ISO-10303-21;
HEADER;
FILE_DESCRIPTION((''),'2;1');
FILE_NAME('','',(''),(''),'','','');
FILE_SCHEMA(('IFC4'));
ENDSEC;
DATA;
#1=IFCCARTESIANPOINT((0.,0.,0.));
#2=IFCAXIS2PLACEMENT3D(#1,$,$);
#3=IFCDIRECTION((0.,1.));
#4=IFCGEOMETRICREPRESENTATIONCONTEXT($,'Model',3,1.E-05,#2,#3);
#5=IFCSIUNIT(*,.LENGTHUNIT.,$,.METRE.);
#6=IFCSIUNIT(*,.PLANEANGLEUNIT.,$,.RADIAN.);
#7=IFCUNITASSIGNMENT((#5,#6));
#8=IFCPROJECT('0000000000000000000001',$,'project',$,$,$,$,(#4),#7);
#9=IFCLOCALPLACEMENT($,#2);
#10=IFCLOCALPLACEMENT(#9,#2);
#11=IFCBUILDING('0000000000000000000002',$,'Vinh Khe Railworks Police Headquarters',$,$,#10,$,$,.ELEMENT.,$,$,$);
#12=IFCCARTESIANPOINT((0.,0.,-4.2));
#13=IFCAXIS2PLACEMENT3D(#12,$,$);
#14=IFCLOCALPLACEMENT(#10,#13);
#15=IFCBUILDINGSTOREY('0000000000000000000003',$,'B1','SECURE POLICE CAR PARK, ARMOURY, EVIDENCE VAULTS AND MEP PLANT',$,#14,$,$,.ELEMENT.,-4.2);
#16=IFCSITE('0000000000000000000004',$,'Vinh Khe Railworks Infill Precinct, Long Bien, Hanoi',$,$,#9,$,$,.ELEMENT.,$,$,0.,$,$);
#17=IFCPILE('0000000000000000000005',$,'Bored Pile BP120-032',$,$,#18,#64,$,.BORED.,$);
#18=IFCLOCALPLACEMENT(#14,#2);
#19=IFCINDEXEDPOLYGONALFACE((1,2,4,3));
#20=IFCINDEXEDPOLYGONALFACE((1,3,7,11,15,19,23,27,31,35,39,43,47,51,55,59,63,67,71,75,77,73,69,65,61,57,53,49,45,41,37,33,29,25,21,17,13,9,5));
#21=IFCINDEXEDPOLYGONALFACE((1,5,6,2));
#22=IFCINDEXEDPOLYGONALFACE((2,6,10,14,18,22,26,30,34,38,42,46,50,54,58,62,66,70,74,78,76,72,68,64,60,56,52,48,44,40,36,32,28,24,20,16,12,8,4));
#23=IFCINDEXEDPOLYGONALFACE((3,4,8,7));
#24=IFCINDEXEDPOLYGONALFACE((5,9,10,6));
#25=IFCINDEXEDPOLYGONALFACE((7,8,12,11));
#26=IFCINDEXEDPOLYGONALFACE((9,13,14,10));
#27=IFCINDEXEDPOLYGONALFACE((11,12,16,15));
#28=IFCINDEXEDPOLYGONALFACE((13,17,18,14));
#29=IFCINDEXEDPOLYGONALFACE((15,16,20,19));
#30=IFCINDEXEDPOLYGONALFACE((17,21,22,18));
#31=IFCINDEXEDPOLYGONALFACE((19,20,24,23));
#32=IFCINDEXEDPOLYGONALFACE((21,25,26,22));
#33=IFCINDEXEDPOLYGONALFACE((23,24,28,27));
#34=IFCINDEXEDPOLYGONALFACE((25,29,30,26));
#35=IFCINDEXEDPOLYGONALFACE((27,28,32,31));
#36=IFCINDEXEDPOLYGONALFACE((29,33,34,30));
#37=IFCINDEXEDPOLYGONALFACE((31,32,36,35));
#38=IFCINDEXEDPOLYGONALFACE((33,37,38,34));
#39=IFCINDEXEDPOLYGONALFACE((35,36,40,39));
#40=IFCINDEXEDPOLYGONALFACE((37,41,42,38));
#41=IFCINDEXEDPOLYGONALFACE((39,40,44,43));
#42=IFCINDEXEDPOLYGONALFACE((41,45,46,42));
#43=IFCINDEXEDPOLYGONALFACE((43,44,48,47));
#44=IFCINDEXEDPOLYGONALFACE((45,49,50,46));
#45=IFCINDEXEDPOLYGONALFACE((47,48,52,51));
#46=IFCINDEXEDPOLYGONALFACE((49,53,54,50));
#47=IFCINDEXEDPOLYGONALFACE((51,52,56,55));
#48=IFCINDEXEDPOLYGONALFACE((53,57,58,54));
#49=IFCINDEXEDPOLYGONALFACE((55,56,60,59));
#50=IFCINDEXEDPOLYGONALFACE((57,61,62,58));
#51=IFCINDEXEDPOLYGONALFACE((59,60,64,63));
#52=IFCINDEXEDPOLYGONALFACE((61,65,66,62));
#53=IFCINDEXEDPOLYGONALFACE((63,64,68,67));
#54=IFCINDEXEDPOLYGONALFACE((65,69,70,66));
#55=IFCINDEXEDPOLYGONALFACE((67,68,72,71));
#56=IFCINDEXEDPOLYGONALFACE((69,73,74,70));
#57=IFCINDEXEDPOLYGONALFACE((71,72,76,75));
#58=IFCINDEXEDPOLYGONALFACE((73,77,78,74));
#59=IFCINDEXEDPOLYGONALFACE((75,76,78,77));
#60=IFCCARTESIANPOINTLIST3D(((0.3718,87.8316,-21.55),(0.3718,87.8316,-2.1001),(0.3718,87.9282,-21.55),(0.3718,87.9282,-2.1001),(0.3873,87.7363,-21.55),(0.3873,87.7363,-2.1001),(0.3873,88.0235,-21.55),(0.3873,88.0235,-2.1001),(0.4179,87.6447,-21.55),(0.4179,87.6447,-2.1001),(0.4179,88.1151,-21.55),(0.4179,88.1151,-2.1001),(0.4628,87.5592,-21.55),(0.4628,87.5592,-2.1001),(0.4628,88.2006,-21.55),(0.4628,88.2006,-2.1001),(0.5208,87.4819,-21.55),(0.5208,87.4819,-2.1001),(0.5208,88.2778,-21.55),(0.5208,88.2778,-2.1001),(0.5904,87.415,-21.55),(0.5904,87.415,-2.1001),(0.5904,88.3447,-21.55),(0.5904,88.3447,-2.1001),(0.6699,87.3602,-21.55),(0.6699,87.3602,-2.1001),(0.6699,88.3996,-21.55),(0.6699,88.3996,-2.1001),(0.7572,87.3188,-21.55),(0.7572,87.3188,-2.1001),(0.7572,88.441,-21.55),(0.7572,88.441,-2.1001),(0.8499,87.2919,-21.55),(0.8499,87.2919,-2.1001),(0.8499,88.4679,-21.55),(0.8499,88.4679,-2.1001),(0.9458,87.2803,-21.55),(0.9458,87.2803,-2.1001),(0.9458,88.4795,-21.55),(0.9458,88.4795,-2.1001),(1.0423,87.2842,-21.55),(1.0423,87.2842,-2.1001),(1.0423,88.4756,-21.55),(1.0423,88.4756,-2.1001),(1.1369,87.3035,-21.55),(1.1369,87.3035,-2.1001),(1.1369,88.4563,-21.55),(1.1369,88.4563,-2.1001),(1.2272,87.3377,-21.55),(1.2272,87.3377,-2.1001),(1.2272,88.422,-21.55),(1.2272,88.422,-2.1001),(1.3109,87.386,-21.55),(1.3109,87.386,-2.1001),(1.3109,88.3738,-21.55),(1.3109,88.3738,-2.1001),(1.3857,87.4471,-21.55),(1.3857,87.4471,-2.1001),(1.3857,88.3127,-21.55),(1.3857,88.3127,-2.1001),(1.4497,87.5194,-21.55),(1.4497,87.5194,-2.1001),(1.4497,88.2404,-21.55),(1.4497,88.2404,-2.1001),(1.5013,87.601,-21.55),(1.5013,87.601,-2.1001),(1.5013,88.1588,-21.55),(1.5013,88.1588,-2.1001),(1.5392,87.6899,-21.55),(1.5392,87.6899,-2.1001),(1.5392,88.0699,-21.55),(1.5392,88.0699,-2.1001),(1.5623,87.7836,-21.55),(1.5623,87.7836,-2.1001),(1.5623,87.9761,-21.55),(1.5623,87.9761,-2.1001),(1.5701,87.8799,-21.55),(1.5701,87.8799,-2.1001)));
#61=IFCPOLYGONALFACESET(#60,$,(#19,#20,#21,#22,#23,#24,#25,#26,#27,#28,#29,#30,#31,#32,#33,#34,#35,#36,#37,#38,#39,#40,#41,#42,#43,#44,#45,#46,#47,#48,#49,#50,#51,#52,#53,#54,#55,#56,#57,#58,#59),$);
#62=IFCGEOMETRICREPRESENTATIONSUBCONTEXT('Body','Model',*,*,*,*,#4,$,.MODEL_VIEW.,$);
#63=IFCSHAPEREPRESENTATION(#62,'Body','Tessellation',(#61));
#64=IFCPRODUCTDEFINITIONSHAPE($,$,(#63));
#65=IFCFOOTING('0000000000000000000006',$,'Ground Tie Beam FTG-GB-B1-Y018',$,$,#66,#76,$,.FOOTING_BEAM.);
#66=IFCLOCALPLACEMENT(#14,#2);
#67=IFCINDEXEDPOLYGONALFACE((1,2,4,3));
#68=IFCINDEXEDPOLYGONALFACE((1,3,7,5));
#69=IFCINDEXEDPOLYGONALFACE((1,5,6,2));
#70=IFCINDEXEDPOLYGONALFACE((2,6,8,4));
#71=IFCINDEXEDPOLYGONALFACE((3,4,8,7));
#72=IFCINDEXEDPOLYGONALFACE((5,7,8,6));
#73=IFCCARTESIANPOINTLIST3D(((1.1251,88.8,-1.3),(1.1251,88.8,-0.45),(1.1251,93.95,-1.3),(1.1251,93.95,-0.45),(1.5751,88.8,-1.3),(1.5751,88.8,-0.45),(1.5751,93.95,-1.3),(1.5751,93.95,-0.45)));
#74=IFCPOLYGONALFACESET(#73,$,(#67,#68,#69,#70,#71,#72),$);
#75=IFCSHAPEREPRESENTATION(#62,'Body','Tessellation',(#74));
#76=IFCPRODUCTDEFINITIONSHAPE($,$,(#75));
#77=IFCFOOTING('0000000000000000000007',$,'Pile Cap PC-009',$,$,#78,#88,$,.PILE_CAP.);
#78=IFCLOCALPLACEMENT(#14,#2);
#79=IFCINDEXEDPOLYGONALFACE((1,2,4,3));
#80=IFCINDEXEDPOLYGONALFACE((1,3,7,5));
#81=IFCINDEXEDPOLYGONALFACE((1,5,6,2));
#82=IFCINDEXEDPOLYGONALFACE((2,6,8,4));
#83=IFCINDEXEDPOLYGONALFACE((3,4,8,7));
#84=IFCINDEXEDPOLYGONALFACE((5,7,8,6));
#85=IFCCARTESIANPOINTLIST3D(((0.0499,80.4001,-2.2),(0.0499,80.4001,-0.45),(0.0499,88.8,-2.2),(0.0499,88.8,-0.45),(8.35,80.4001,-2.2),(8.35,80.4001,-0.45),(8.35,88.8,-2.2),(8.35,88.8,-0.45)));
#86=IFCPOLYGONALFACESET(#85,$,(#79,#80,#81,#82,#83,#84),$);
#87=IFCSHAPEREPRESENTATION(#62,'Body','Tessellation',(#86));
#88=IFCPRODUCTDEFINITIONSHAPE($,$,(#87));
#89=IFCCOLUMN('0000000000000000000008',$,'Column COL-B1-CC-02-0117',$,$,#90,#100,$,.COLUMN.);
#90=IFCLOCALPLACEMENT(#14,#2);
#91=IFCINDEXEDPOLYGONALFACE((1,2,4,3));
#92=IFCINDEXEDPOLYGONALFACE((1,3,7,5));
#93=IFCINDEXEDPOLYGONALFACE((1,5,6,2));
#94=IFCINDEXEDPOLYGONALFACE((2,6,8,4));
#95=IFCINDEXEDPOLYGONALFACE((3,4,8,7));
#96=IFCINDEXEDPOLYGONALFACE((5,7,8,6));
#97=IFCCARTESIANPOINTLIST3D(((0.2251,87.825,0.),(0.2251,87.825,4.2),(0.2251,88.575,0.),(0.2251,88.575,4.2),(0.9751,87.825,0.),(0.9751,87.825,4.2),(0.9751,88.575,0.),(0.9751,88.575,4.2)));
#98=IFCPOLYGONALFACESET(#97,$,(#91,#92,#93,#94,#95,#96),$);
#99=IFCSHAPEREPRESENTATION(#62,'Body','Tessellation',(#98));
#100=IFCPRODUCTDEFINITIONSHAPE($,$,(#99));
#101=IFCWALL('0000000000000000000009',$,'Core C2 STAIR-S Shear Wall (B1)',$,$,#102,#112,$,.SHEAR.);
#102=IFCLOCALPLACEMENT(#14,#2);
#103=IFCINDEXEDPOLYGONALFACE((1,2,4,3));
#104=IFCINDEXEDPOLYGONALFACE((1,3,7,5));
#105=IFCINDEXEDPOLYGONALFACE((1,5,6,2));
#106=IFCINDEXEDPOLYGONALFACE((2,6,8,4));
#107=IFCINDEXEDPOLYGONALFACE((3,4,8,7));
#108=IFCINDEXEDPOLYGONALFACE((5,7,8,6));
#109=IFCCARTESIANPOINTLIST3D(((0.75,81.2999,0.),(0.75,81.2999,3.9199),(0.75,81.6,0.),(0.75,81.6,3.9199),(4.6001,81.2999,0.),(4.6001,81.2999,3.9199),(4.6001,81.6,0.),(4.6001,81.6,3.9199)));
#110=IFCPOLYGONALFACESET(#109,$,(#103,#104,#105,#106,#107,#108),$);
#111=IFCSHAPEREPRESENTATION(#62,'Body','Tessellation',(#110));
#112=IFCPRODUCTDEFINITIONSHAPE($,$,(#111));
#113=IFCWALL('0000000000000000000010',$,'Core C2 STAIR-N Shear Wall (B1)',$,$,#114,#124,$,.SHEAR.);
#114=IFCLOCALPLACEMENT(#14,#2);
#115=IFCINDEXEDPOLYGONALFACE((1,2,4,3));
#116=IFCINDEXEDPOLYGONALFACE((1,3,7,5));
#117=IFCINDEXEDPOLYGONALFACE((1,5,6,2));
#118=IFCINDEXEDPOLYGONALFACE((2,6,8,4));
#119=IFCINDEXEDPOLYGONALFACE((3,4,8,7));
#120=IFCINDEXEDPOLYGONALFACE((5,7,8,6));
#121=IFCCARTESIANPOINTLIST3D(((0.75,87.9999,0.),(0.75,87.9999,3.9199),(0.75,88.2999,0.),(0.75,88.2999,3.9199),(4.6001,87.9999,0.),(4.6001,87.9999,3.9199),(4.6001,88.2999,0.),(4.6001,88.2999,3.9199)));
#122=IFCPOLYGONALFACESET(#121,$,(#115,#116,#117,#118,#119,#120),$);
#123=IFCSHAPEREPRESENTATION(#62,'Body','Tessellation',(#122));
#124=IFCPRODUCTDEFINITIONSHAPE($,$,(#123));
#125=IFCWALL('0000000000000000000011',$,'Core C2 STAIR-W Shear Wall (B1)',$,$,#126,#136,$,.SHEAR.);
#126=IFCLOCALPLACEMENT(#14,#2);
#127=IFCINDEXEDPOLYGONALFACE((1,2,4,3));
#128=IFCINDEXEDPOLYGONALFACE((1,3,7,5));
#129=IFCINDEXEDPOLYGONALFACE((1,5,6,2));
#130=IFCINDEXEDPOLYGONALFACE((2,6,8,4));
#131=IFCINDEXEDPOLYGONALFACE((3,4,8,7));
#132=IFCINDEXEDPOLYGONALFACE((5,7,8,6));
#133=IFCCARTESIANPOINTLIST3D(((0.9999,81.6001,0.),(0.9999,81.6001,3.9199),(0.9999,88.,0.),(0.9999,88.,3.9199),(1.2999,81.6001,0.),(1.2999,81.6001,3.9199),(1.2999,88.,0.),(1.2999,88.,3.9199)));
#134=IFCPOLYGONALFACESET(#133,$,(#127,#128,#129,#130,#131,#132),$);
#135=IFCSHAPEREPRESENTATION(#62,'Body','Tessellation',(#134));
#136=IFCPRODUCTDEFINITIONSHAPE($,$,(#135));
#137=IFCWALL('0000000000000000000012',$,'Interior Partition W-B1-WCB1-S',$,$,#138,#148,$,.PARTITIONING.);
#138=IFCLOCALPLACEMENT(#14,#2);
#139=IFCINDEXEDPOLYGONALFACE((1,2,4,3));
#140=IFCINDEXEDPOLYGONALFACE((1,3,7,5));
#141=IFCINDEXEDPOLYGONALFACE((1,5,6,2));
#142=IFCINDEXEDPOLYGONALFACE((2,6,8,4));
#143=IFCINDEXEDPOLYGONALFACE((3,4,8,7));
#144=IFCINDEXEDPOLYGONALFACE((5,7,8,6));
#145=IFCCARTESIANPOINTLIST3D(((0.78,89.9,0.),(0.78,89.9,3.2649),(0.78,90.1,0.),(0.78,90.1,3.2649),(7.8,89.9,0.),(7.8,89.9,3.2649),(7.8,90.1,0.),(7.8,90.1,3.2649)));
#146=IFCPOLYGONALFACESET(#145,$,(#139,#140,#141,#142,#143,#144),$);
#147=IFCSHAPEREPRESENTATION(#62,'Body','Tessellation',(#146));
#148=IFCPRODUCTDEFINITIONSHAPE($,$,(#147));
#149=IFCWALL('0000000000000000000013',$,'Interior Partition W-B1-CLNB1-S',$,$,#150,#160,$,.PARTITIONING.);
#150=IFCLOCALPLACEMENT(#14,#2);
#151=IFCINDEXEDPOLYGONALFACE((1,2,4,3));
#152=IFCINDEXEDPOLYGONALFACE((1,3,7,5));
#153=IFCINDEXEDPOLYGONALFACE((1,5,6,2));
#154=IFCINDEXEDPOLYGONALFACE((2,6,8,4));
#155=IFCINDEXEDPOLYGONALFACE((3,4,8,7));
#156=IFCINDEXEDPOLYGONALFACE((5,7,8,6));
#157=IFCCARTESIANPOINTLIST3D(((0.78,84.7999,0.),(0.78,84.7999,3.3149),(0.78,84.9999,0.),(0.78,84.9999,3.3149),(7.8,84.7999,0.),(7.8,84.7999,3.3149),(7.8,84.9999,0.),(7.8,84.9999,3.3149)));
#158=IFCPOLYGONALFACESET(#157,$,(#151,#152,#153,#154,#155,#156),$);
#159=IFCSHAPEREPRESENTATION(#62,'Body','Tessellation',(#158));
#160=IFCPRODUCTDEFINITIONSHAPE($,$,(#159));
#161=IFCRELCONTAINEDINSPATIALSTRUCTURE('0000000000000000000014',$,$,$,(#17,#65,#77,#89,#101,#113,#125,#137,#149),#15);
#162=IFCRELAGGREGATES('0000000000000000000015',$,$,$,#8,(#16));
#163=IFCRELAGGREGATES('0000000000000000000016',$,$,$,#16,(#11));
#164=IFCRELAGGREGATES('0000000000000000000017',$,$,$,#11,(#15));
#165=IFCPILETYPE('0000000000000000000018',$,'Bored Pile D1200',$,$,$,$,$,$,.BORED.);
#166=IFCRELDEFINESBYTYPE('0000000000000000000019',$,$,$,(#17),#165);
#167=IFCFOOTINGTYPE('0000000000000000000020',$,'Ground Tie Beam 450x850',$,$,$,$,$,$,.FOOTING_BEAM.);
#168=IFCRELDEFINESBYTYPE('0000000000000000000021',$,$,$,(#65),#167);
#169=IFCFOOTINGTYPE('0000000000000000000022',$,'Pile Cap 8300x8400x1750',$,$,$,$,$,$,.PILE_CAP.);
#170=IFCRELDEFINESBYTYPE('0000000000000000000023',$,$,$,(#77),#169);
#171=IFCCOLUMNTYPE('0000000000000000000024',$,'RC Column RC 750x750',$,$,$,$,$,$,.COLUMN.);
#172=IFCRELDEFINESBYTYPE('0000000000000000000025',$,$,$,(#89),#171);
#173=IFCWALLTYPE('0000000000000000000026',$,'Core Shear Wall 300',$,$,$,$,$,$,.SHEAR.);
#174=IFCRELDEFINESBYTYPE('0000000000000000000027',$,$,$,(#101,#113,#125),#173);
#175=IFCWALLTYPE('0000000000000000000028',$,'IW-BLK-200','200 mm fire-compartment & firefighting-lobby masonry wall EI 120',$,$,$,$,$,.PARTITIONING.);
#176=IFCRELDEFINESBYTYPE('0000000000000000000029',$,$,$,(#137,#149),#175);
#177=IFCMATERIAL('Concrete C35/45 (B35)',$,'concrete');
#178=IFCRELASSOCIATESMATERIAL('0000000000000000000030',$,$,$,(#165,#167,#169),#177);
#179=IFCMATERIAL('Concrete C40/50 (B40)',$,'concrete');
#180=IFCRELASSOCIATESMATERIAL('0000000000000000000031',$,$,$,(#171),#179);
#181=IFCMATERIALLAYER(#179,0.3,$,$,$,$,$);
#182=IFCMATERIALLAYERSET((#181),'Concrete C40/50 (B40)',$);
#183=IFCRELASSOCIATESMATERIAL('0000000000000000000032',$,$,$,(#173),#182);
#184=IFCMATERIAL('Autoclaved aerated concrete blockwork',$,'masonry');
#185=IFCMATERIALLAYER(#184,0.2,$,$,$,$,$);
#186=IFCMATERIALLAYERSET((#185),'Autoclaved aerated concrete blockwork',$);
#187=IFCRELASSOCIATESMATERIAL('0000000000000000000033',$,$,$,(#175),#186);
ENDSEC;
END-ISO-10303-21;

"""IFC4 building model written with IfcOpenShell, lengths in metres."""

from ifc_helpers import new_model, si_unit, direction, frame, frame_2d, origin, origin_2d, place, context, subcontext, project, spatial, rectangle, circle, extrude, material, layer, layer_set, material_profile, profile_set, type_object, element, save


model = new_model("IFC4")

# Units and contexts
model_context = context("Model", 3, precision=1e-05, world=origin(), true_north=direction((0.0, 1.0)))
body_context = subcontext(model_context, "Body", "Model", "MODEL_VIEW")
ifc_project = project(units=[si_unit("LENGTHUNIT", "METRE"), si_unit("PLANEANGLEUNIT", "RADIAN")], contexts=[model_context])

# Site, building, storey
site_placement = place(None, origin())
site = spatial("IfcSite", under=ifc_project, at=site_placement, Name="Vinh Khe Railworks Infill Precinct, Long Bien, Hanoi", CompositionType="ELEMENT", RefElevation=0.0)
building_placement = place(site_placement, origin())
building = spatial("IfcBuilding", under=site, at=building_placement, Name="Vinh Khe Railworks Police Headquarters", CompositionType="ELEMENT")
storey_placement = place(building_placement, frame((0.0, 0.0, -4.2)))
storey = spatial("IfcBuildingStorey", under=building, at=storey_placement, Name="B1", Description="SECURE POLICE CAR PARK, ARMOURY, EVIDENCE VAULTS AND MEP PLANT", CompositionType="ELEMENT", Elevation=-4.2)

# Pile
ifc_material_1 = material(Name="Concrete C35/45 (B35)", Category="concrete")
ifc_material_profile_1 = material_profile(ifc_material_1, circle(Radius=0.6001, at=origin_2d()), Name="BORED PILE D1200")
ifc_profile_set_1 = profile_set([ifc_material_profile_1], Name="Concrete C35/45 (B35)")
pile_type = type_object("IfcPileType", Name="Bored Pile D1200", PredefinedType="BORED", material=ifc_profile_set_1)
pile_placement = place(storey_placement, frame((0.97, 87.8799, -2.1001), z_axis=(0.0, 0.0, -1.0), x_axis=(1.0, 0.0, 0.0)))
element("IfcPile", 1, at=pile_placement, inside=storey, type_object=pile_type, Name="Bored Pile BP120-032", PredefinedType="BORED", context=body_context, shape_type="SweptSolid", body=[
    extrude(circle(Radius=0.6001, at=origin_2d()), origin(), (0.0, 0.0, 1.0), 19.45),
])

# Footings
ifc_material_profile_2 = material_profile(ifc_material_1, rectangle(XDim=0.45, YDim=0.8501, at=origin_2d()), Name="RC 450x850")
ifc_profile_set_2 = profile_set([ifc_material_profile_2], Name="Concrete C35/45 (B35)")
footing_type_1 = type_object("IfcFootingType", Name="Ground Tie Beam 450x850", PredefinedType="FOOTING_BEAM", material=ifc_profile_set_2)
footing_1_placement = place(storey_placement, frame((1.3501, 88.8, -0.875), z_axis=(0.0, 1.0, 0.0), x_axis=(-1.0, 0.0, 0.0)))
element("IfcFooting", 2, at=footing_1_placement, inside=storey, type_object=footing_type_1, Name="Ground Tie Beam FTG-GB-B1-Y018", PredefinedType="FOOTING_BEAM", context=body_context, shape_type="SweptSolid", body=[
    extrude(rectangle(XDim=0.45, YDim=0.8501, at=origin_2d()), origin(), (0.0, 0.0, 1.0), 5.1499),
])
footing_type_2 = type_object("IfcFootingType", Name="Pile Cap 8300x8400x1750", PredefinedType="PILE_CAP", material=ifc_material_1)
footing_2_placement = place(storey_placement, frame((4.2, 84.6001, -2.2), z_axis=(0.0, 0.0, 1.0), x_axis=(1.0, 0.0, 0.0)))
element("IfcFooting", 3, at=footing_2_placement, inside=storey, type_object=footing_type_2, Name="Pile Cap PC-009", PredefinedType="PILE_CAP", context=body_context, shape_type="SweptSolid", body=[
    extrude(rectangle(XDim=8.3, YDim=8.3999, at=origin_2d()), origin(), (0.0, 0.0, 1.0), 1.75),
])

# Column
ifc_material_2 = material(Name="Concrete C40/50 (B40)", Category="concrete")
ifc_material_profile_3 = material_profile(ifc_material_2, rectangle(XDim=0.75, YDim=0.75, at=origin_2d()), Name="RC 750x750")
ifc_profile_set_3 = profile_set([ifc_material_profile_3], Name="Concrete C40/50 (B40)")
column_type = type_object("IfcColumnType", Name="RC Column RC 750x750", PredefinedType="COLUMN", material=ifc_profile_set_3)
column_placement = place(storey_placement, frame((0.6001, 88.2, 0.0), z_axis=(0.0, 0.0, 1.0), x_axis=(1.0, 0.0, 0.0)))
element("IfcColumn", 4, at=column_placement, inside=storey, type_object=column_type, Name="Column COL-B1-CC-02-0117", PredefinedType="COLUMN", context=body_context, shape_type="SweptSolid", body=[
    extrude(rectangle(XDim=0.75, YDim=0.75, at=origin_2d()), origin(), (0.0, 0.0, 1.0), 4.2),
])

# Walls
ifc_layer_1 = layer(ifc_material_2, 0.3)
ifc_layer_set_1 = layer_set([ifc_layer_1], Name="Concrete C40/50 (B40)")
wall_type_1 = type_object("IfcWallType", Name="Core Shear Wall 300", PredefinedType="SHEAR", material=ifc_layer_set_1)
for number, where, z_axis, x_axis, name in (
    (5, (0.75, 81.45, 0.0), (0.0, 0.0, 1.0), (1.0, 0.0, 0.0), "Core C2 STAIR-S Shear Wall (B1)"),
    (6, (0.75, 88.1499, 0.0), (0.0, 0.0, 1.0), (1.0, 0.0, 0.0), "Core C2 STAIR-N Shear Wall (B1)"),
):
    element("IfcWall", number, at=place(storey_placement, frame(where, z_axis=z_axis, x_axis=x_axis)), inside=storey, type_object=wall_type_1, Name=name, PredefinedType="SHEAR", context=body_context, shape_type="SweptSolid", body=[
        extrude(rectangle(XDim=3.8501, YDim=0.3, at=frame_2d((1.925, 0.0))), origin(), (0.0, 0.0, 1.0), 3.9199),
    ])
wall_1_placement = place(storey_placement, frame((1.1499, 81.6001, 0.0), z_axis=(0.0, 0.0, 1.0), x_axis=(0.0, 1.0, 0.0)))
element("IfcWall", 7, at=wall_1_placement, inside=storey, type_object=wall_type_1, Name="Core C2 STAIR-W Shear Wall (B1)", PredefinedType="SHEAR", context=body_context, shape_type="SweptSolid", body=[
    extrude(rectangle(XDim=6.3999, YDim=0.3, at=frame_2d((3.2, 0.0))), origin(), (0.0, 0.0, 1.0), 3.9199),
])

# Walls
ifc_material_3 = material(Name="Autoclaved aerated concrete blockwork", Category="masonry")
ifc_layer_2 = layer(ifc_material_3, 0.2)
ifc_layer_set_2 = layer_set([ifc_layer_2], Name="Autoclaved aerated concrete blockwork")
wall_type_2 = type_object("IfcWallType", Name="IW-BLK-200", Description="200 mm fire-compartment & firefighting-lobby masonry wall EI 120", PredefinedType="PARTITIONING", material=ifc_layer_set_2)
wall_2_placement = place(storey_placement, frame((0.78, 90.0, 0.0), z_axis=(0.0, 0.0, 1.0), x_axis=(1.0, 0.0, 0.0)))
element("IfcWall", 8, at=wall_2_placement, inside=storey, type_object=wall_type_2, Name="Interior Partition W-B1-WCB1-S", PredefinedType="PARTITIONING", context=body_context, shape_type="SweptSolid", body=[
    extrude(rectangle(XDim=7.02, YDim=0.2, at=frame_2d((3.51, 0.0))), origin(), (0.0, 0.0, 1.0), 3.2649),
])
wall_3_placement = place(storey_placement, frame((0.78, 84.8999, 0.0), z_axis=(0.0, 0.0, 1.0), x_axis=(1.0, 0.0, 0.0)))
element("IfcWall", 9, at=wall_3_placement, inside=storey, type_object=wall_type_2, Name="Interior Partition W-B1-CLNB1-S", PredefinedType="PARTITIONING", context=body_context, shape_type="SweptSolid", body=[
    extrude(rectangle(XDim=7.02, YDim=0.2, at=frame_2d((3.51, 0.0))), origin(), (0.0, 0.0, 1.0), 3.3149),
])

save(model, "model.ifc")
